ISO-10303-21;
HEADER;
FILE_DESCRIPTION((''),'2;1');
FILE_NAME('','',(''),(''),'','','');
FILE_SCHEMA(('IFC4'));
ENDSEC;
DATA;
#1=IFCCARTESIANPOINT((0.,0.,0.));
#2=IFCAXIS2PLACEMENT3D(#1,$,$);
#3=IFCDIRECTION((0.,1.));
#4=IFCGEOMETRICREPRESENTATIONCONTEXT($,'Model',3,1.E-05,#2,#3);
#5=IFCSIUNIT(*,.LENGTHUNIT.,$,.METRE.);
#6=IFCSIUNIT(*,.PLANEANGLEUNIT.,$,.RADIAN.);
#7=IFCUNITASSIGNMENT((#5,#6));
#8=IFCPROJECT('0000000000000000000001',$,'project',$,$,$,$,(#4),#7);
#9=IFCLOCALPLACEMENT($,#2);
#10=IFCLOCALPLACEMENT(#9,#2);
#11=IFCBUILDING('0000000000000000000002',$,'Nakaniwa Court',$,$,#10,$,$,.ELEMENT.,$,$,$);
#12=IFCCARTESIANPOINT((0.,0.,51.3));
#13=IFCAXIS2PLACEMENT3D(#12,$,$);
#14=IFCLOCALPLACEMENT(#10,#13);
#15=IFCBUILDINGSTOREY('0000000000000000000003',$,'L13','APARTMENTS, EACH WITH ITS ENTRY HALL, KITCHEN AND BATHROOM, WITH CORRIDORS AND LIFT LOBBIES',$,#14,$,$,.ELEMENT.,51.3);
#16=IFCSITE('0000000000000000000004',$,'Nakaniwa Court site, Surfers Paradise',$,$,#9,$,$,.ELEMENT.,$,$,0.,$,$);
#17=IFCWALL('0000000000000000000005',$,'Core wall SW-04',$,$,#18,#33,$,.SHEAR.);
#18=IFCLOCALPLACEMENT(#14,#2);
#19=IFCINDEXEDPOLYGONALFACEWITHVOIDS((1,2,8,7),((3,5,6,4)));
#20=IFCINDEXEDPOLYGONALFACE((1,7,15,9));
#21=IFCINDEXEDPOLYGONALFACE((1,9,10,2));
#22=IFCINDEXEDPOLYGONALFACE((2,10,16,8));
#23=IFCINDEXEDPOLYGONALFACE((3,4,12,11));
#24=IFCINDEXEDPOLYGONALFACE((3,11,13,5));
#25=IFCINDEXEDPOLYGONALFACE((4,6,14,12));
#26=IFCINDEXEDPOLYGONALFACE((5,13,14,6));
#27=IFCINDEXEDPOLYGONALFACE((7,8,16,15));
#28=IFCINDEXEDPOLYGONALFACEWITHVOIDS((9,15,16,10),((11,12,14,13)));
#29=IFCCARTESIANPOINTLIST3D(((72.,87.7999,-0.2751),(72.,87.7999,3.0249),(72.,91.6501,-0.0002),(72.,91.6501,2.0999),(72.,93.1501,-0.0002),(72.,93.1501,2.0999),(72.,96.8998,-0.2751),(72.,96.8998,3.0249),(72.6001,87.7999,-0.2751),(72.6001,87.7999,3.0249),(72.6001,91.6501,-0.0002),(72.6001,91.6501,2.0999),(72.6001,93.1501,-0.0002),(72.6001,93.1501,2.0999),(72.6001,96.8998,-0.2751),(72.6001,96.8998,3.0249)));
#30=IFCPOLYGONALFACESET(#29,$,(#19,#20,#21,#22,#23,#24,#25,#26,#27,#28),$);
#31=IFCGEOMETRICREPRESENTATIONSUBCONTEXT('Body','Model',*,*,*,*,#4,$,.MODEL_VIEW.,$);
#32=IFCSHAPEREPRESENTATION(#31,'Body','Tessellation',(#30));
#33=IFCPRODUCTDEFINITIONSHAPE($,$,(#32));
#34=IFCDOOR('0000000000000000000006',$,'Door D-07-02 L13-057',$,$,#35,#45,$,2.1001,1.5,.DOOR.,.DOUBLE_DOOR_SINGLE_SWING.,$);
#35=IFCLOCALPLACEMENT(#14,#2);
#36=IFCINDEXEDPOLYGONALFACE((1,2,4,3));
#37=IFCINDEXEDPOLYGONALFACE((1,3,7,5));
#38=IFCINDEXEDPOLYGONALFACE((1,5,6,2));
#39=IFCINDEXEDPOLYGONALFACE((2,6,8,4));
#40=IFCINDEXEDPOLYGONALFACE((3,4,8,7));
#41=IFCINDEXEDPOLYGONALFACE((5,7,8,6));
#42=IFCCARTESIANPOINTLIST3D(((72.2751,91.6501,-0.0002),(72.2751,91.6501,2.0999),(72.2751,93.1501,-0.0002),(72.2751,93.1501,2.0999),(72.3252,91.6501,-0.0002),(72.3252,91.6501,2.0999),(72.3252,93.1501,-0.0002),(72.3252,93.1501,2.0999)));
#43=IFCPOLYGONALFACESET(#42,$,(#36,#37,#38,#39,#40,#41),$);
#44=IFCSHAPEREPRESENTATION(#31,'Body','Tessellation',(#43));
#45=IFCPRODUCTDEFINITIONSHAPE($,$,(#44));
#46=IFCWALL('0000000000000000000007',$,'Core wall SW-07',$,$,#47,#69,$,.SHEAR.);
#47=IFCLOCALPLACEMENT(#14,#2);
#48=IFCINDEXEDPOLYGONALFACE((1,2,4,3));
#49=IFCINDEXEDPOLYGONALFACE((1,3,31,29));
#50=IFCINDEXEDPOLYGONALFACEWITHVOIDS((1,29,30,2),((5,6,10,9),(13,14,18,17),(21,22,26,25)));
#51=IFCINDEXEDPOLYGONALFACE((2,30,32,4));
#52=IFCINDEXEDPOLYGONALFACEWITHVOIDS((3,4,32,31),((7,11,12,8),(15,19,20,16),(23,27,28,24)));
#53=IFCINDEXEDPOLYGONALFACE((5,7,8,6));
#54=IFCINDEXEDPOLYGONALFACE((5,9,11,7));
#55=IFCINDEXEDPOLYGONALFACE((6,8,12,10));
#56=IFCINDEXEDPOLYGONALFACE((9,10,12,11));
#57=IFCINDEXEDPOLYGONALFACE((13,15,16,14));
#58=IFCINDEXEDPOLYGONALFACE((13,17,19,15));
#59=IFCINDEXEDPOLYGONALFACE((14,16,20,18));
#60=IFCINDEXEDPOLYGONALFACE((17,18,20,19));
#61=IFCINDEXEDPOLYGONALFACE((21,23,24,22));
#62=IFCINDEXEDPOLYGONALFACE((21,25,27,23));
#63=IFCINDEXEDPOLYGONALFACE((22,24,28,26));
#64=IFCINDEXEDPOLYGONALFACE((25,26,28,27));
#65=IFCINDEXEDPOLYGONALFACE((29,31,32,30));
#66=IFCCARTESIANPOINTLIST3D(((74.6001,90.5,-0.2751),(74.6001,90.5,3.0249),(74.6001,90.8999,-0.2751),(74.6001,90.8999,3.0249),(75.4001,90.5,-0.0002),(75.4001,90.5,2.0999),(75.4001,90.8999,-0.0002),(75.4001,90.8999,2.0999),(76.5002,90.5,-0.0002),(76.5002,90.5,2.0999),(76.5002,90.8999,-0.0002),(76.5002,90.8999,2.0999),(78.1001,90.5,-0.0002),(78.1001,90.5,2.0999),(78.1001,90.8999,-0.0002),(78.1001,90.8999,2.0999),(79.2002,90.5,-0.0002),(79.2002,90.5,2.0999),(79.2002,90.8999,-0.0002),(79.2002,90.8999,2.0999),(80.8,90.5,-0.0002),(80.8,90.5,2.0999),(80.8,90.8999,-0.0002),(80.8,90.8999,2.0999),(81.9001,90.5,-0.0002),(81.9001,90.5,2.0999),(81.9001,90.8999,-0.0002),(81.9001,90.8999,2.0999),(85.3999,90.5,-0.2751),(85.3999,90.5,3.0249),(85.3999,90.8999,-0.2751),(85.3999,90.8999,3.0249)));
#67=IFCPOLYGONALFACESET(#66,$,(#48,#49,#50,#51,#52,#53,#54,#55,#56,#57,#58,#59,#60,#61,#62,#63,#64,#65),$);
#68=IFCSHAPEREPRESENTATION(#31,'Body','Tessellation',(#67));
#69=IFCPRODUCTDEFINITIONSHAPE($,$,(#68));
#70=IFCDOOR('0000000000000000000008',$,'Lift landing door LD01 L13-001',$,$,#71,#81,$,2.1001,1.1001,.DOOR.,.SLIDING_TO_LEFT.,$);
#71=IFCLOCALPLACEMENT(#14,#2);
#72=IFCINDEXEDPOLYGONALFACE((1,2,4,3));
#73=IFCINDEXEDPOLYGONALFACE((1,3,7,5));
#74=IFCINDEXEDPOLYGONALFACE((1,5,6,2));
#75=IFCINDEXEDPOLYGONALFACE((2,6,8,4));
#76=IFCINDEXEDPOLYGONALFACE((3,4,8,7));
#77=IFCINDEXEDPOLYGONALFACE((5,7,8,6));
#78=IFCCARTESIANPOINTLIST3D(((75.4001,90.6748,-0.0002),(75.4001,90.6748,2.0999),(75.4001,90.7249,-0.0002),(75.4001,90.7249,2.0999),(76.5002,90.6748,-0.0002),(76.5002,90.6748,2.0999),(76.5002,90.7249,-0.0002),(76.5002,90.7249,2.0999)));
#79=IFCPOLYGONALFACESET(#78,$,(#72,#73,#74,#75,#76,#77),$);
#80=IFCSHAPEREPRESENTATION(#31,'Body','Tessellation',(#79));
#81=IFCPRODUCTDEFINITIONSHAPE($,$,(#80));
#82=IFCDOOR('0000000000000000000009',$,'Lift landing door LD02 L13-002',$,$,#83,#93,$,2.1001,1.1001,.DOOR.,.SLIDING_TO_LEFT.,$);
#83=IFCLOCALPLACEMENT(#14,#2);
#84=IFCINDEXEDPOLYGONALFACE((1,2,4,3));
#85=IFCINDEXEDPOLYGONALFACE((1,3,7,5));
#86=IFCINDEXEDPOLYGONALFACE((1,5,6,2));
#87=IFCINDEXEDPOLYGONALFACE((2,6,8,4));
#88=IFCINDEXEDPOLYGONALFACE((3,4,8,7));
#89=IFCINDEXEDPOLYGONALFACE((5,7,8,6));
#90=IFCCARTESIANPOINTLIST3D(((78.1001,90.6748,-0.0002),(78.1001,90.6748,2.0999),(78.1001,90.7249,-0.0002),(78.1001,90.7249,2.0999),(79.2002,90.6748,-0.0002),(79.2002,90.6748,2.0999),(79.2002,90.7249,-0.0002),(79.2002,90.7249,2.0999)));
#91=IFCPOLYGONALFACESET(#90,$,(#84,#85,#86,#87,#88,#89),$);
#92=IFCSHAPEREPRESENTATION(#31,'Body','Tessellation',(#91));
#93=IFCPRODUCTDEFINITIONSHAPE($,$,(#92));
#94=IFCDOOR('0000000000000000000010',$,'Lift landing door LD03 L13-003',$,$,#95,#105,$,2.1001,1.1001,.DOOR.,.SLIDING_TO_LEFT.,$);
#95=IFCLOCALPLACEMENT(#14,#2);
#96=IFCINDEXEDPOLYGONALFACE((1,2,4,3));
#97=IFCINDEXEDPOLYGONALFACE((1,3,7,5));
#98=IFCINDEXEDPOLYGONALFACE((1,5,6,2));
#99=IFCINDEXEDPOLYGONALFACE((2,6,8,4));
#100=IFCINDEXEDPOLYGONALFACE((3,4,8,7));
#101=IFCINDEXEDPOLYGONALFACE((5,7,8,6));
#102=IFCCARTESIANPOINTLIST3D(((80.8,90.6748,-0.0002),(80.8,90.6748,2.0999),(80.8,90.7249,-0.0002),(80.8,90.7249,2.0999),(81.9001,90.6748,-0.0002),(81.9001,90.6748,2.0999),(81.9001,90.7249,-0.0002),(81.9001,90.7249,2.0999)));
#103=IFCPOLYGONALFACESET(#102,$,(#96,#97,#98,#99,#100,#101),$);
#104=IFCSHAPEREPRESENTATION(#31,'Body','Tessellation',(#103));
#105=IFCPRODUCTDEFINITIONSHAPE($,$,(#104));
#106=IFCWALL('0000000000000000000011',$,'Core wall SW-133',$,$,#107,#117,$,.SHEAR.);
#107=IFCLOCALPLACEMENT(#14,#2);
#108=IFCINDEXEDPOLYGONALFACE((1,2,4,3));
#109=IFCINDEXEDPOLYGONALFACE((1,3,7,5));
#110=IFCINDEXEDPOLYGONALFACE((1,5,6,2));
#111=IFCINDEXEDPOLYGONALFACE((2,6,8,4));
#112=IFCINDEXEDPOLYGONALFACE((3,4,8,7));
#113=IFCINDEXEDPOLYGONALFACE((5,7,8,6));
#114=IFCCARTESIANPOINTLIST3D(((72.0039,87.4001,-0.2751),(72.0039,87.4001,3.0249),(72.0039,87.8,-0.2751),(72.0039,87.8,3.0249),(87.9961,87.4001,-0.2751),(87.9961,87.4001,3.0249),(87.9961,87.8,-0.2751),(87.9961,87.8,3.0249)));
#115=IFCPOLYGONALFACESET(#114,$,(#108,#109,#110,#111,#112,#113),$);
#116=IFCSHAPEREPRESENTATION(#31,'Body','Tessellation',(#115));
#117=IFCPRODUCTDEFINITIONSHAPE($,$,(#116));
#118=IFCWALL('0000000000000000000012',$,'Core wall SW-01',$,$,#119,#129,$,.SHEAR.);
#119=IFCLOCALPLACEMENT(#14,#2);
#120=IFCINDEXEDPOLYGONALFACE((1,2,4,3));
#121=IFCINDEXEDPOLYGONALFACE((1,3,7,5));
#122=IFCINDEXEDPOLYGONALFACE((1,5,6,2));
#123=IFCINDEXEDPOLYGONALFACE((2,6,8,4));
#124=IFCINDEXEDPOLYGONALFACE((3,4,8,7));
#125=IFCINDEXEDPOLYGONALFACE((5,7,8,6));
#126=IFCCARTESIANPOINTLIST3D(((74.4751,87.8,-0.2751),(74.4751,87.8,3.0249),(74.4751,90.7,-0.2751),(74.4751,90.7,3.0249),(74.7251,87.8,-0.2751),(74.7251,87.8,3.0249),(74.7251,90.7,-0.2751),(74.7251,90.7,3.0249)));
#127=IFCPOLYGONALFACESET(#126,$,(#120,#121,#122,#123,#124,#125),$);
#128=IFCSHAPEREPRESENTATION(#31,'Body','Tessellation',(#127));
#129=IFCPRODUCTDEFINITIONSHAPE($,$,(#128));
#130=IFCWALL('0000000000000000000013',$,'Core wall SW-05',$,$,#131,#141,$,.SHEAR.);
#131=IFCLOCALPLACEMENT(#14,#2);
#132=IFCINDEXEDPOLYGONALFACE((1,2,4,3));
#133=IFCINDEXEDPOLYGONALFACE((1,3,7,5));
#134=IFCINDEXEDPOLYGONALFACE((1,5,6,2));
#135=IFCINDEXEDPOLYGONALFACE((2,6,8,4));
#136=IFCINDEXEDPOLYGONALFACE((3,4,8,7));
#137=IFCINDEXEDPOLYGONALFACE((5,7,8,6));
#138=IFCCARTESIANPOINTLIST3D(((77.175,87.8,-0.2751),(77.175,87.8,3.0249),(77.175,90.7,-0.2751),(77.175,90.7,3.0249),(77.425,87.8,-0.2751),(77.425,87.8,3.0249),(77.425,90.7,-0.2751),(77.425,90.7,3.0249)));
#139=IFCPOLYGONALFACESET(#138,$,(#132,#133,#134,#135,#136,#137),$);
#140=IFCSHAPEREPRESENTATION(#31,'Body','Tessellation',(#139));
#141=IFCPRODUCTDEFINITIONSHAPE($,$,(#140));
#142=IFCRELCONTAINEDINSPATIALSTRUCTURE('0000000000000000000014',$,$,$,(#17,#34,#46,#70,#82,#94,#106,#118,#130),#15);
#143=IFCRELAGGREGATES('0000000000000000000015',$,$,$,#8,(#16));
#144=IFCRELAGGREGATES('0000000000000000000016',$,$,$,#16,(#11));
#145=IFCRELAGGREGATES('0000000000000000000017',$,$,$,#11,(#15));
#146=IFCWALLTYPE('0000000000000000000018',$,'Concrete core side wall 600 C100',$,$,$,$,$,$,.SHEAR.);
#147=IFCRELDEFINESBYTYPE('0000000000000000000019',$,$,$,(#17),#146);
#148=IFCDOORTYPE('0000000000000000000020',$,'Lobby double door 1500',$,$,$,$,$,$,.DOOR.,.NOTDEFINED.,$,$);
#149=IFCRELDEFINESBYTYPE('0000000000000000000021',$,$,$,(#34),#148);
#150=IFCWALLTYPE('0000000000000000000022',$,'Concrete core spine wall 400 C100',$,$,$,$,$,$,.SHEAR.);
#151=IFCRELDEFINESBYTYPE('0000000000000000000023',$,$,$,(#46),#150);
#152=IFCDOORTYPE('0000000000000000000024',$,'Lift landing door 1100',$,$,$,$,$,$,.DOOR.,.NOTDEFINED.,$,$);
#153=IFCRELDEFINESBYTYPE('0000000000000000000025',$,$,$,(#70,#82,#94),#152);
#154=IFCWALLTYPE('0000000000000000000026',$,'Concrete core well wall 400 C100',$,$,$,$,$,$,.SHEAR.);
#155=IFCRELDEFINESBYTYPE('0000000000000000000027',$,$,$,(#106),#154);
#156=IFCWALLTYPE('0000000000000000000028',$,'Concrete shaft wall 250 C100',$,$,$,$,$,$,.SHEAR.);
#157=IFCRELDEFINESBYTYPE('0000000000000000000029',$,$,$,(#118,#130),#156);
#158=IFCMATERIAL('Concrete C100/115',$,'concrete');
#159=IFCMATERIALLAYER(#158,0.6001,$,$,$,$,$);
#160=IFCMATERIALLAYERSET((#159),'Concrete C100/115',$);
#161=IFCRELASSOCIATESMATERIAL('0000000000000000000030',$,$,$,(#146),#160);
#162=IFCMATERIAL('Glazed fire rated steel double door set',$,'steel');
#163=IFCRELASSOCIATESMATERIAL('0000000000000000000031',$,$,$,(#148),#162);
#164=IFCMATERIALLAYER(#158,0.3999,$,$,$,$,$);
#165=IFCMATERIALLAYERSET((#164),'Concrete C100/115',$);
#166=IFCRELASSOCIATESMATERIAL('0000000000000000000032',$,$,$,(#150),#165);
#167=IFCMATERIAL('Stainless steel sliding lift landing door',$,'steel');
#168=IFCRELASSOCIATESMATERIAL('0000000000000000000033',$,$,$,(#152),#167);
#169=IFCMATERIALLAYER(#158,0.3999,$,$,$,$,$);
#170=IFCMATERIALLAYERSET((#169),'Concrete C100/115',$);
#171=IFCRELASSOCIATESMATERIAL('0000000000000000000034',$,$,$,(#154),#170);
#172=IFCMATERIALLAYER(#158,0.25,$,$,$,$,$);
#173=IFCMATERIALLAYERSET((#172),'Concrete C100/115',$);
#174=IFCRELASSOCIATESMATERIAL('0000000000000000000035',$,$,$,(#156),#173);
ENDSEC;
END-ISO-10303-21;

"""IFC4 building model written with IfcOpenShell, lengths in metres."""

from ifc_helpers import new_model, si_unit, direction, frame, frame_2d, origin, place, context, subcontext, project, spatial, rectangle, extrude, material, layer, layer_set, type_object, element, fill, save


model = new_model("IFC4")

# Units and contexts
model_context = context("Model", 3, precision=1e-05, world=origin(), true_north=direction((0.0, 1.0)))
body_context = subcontext(model_context, "Body", "Model", "MODEL_VIEW")
ifc_project = project(units=[si_unit("LENGTHUNIT", "METRE"), si_unit("PLANEANGLEUNIT", "RADIAN")], contexts=[model_context])

# Site, building, storey
site_placement = place(None, origin())
site = spatial("IfcSite", under=ifc_project, at=site_placement, Name="Nakaniwa Court site, Surfers Paradise", CompositionType="ELEMENT", RefElevation=0.0)
building_placement = place(site_placement, origin())
building = spatial("IfcBuilding", under=site, at=building_placement, Name="Nakaniwa Court", CompositionType="ELEMENT")
storey_placement = place(building_placement, frame((0.0, 0.0, 51.3)))
storey = spatial("IfcBuildingStorey", under=building, at=storey_placement, Name="L13", Description="APARTMENTS, EACH WITH ITS ENTRY HALL, KITCHEN AND BATHROOM, WITH CORRIDORS AND LIFT LOBBIES", CompositionType="ELEMENT", Elevation=51.3)

# Shared definitions
ifc_material_1 = material(Name="Concrete C100/115", Category="concrete")

# Wall, opening, door
ifc_layer_1 = layer(ifc_material_1, 0.6001)
ifc_layer_set_1 = layer_set([ifc_layer_1], Name="Concrete C100/115")
wall_type_1 = type_object("IfcWallType", Name="Concrete core side wall 600 C100", PredefinedType="SHEAR", material=ifc_layer_set_1)
wall_1_placement = place(storey_placement, frame((72.3, 87.8, -0.2751), z_axis=(0.0, 0.0, 1.0), x_axis=(0.0, 1.0, 0.0)))
wall_1 = element("IfcWall", 1, at=wall_1_placement, inside=storey, type_object=wall_type_1, Name="Core wall SW-04", PredefinedType="SHEAR", context=body_context, shape_type="SweptSolid", body=[
    extrude(rectangle(XDim=9.0999, YDim=0.6001, at=frame_2d((4.5498, 0.0))), origin(), (0.0, 0.0, 1.0), 3.3),
])
opening_1_placement = place(wall_1_placement, frame((3.8501, 0.0, 0.2749)))
opening_1 = element("IfcOpeningElement", 2, at=opening_1_placement, cuts=wall_1, PredefinedType="OPENING", context=body_context, shape_type="SweptSolid", body=[
    extrude(rectangle(XDim=1.5, YDim=2.1001, at=frame_2d((0.75, 1.05))), frame((0.0, 0.3101, 0.0), z_axis=(0.0, -1.0, 0.0), x_axis=(1.0, 0.0, 0.0)), (0.0, 0.0, 1.0), 0.6201),
])
ifc_material_2 = material(Name="Glazed fire rated steel double door set", Category="steel")
door_type_1 = type_object("IfcDoorType", Name="Lobby double door 1500", OperationType="NOTDEFINED", PredefinedType="DOOR", material=ifc_material_2)
door_1_placement = place(opening_1_placement, origin())
door_1 = element("IfcDoor", 3, at=door_1_placement, inside=storey, type_object=door_type_1, Name="Door D-07-02 L13-057", OperationType="DOUBLE_DOOR_SINGLE_SWING", OverallHeight=2.1001, OverallWidth=1.5, PredefinedType="DOOR", context=body_context, shape_type="SweptSolid", body=[
    extrude(rectangle(XDim=1.5, YDim=2.1001, at=frame_2d((0.75, 1.05))), frame((0.0, 0.0249, 0.0), z_axis=(0.0, -1.0, 0.0), x_axis=(1.0, 0.0, 0.0)), (0.0, 0.0, 1.0), 0.05),
])
fill(opening_1, door_1)

# Wall, openings, doors
ifc_layer_2 = layer(ifc_material_1, 0.3999)
ifc_layer_set_2 = layer_set([ifc_layer_2], Name="Concrete C100/115")
wall_type_2 = type_object("IfcWallType", Name="Concrete core spine wall 400 C100", PredefinedType="SHEAR", material=ifc_layer_set_2)
wall_2_placement = place(storey_placement, frame((74.6001, 90.7, -0.2751), z_axis=(0.0, 0.0, 1.0), x_axis=(1.0, 0.0, 0.0)))
wall_2 = element("IfcWall", 4, at=wall_2_placement, inside=storey, type_object=wall_type_2, Name="Core wall SW-07", PredefinedType="SHEAR", context=body_context, shape_type="SweptSolid", body=[
    extrude(rectangle(XDim=10.7998, YDim=0.3999, at=frame_2d((5.3999, 0.0))), origin(), (0.0, 0.0, 1.0), 3.3),
])
opening_2_placement = place(wall_2_placement, frame((0.8, 0.0, 0.2749)))
opening_2 = element("IfcOpeningElement", 5, at=opening_2_placement, cuts=wall_2, PredefinedType="OPENING", context=body_context, shape_type="SweptSolid", body=[
    extrude(rectangle(XDim=1.1001, YDim=2.1001, at=frame_2d((0.55, 1.05))), frame((0.0, 0.21, 0.0), z_axis=(0.0, -1.0, 0.0), x_axis=(1.0, 0.0, 0.0)), (0.0, 0.0, 1.0), 0.4199),
])
opening_3_placement = place(wall_2_placement, frame((3.5, 0.0, 0.2749)))
opening_3 = element("IfcOpeningElement", 6, at=opening_3_placement, cuts=wall_2, PredefinedType="OPENING", context=body_context, shape_type="SweptSolid", body=[
    extrude(rectangle(XDim=1.1001, YDim=2.1001, at=frame_2d((0.55, 1.05))), frame((0.0, 0.21, 0.0), z_axis=(0.0, -1.0, 0.0), x_axis=(1.0, 0.0, 0.0)), (0.0, 0.0, 1.0), 0.4199),
])
opening_4_placement = place(wall_2_placement, frame((6.2, 0.0, 0.2749)))
opening_4 = element("IfcOpeningElement", 7, at=opening_4_placement, cuts=wall_2, PredefinedType="OPENING", context=body_context, shape_type="SweptSolid", body=[
    extrude(rectangle(XDim=1.1001, YDim=2.1001, at=frame_2d((0.55, 1.05))), frame((0.0, 0.21, 0.0), z_axis=(0.0, -1.0, 0.0), x_axis=(1.0, 0.0, 0.0)), (0.0, 0.0, 1.0), 0.4199),
])
ifc_material_3 = material(Name="Stainless steel sliding lift landing door", Category="steel")
door_type_2 = type_object("IfcDoorType", Name="Lift landing door 1100", OperationType="NOTDEFINED", PredefinedType="DOOR", material=ifc_material_3)
door_2_placement = place(opening_2_placement, origin())
door_2 = element("IfcDoor", 8, at=door_2_placement, inside=storey, type_object=door_type_2, Name="Lift landing door LD01 L13-001", OperationType="SLIDING_TO_LEFT", OverallHeight=2.1001, OverallWidth=1.1001, PredefinedType="DOOR", context=body_context, shape_type="SweptSolid", body=[
    extrude(rectangle(XDim=1.1001, YDim=2.1001, at=frame_2d((0.55, 1.05))), frame((0.0, 0.0249, 0.0), z_axis=(0.0, -1.0, 0.0), x_axis=(1.0, 0.0, 0.0)), (0.0, 0.0, 1.0), 0.05),
])
fill(opening_2, door_2)
door_3_placement = place(opening_3_placement, origin())
door_3 = element("IfcDoor", 9, at=door_3_placement, inside=storey, type_object=door_type_2, Name="Lift landing door LD02 L13-002", OperationType="SLIDING_TO_LEFT", OverallHeight=2.1001, OverallWidth=1.1001, PredefinedType="DOOR", context=body_context, shape_type="SweptSolid", body=[
    extrude(rectangle(XDim=1.1001, YDim=2.1001, at=frame_2d((0.55, 1.05))), frame((0.0, 0.0249, 0.0), z_axis=(0.0, -1.0, 0.0), x_axis=(1.0, 0.0, 0.0)), (0.0, 0.0, 1.0), 0.05),
])
fill(opening_3, door_3)
door_4_placement = place(opening_4_placement, origin())
door_4 = element("IfcDoor", 10, at=door_4_placement, inside=storey, type_object=door_type_2, Name="Lift landing door LD03 L13-003", OperationType="SLIDING_TO_LEFT", OverallHeight=2.1001, OverallWidth=1.1001, PredefinedType="DOOR", context=body_context, shape_type="SweptSolid", body=[
    extrude(rectangle(XDim=1.1001, YDim=2.1001, at=frame_2d((0.55, 1.05))), frame((0.0, 0.0249, 0.0), z_axis=(0.0, -1.0, 0.0), x_axis=(1.0, 0.0, 0.0)), (0.0, 0.0, 1.0), 0.05),
])
fill(opening_4, door_4)

# Walls
ifc_layer_3 = layer(ifc_material_1, 0.3999)
ifc_layer_set_3 = layer_set([ifc_layer_3], Name="Concrete C100/115")
wall_type_3 = type_object("IfcWallType", Name="Concrete core well wall 400 C100", PredefinedType="SHEAR", material=ifc_layer_set_3)
wall_3_placement = place(storey_placement, frame((72.0039, 87.6001, -0.2751), z_axis=(0.0, 0.0, 1.0), x_axis=(1.0, 0.0, 0.0)))
element("IfcWall", 11, at=wall_3_placement, inside=storey, type_object=wall_type_3, Name="Core wall SW-133", PredefinedType="SHEAR", context=body_context, shape_type="SweptSolid", body=[
    extrude(rectangle(XDim=15.9922, YDim=0.3999, at=frame_2d((7.9961, 0.0))), origin(), (0.0, 0.0, 1.0), 3.3),
])
ifc_layer_4 = layer(ifc_material_1, 0.25)
ifc_layer_set_4 = layer_set([ifc_layer_4], Name="Concrete C100/115")
wall_type_4 = type_object("IfcWallType", Name="Concrete shaft wall 250 C100", PredefinedType="SHEAR", material=ifc_layer_set_4)
for number, where, z_axis, x_axis, name in (
    (12, (74.6001, 87.8, -0.2751), (0.0, 0.0, 1.0), (0.0, 1.0, 0.0), "Core wall SW-01"),
    (13, (77.3, 87.8, -0.2751), (0.0, 0.0, 1.0), (0.0, 1.0, 0.0), "Core wall SW-05"),
):
    element("IfcWall", number, at=place(storey_placement, frame(where, z_axis=z_axis, x_axis=x_axis)), inside=storey, type_object=wall_type_4, Name=name, PredefinedType="SHEAR", context=body_context, shape_type="SweptSolid", body=[
        extrude(rectangle(XDim=2.8999, YDim=0.25, at=frame_2d((1.45, 0.0))), origin(), (0.0, 0.0, 1.0), 3.3),
    ])

save(model, "model.ifc")
